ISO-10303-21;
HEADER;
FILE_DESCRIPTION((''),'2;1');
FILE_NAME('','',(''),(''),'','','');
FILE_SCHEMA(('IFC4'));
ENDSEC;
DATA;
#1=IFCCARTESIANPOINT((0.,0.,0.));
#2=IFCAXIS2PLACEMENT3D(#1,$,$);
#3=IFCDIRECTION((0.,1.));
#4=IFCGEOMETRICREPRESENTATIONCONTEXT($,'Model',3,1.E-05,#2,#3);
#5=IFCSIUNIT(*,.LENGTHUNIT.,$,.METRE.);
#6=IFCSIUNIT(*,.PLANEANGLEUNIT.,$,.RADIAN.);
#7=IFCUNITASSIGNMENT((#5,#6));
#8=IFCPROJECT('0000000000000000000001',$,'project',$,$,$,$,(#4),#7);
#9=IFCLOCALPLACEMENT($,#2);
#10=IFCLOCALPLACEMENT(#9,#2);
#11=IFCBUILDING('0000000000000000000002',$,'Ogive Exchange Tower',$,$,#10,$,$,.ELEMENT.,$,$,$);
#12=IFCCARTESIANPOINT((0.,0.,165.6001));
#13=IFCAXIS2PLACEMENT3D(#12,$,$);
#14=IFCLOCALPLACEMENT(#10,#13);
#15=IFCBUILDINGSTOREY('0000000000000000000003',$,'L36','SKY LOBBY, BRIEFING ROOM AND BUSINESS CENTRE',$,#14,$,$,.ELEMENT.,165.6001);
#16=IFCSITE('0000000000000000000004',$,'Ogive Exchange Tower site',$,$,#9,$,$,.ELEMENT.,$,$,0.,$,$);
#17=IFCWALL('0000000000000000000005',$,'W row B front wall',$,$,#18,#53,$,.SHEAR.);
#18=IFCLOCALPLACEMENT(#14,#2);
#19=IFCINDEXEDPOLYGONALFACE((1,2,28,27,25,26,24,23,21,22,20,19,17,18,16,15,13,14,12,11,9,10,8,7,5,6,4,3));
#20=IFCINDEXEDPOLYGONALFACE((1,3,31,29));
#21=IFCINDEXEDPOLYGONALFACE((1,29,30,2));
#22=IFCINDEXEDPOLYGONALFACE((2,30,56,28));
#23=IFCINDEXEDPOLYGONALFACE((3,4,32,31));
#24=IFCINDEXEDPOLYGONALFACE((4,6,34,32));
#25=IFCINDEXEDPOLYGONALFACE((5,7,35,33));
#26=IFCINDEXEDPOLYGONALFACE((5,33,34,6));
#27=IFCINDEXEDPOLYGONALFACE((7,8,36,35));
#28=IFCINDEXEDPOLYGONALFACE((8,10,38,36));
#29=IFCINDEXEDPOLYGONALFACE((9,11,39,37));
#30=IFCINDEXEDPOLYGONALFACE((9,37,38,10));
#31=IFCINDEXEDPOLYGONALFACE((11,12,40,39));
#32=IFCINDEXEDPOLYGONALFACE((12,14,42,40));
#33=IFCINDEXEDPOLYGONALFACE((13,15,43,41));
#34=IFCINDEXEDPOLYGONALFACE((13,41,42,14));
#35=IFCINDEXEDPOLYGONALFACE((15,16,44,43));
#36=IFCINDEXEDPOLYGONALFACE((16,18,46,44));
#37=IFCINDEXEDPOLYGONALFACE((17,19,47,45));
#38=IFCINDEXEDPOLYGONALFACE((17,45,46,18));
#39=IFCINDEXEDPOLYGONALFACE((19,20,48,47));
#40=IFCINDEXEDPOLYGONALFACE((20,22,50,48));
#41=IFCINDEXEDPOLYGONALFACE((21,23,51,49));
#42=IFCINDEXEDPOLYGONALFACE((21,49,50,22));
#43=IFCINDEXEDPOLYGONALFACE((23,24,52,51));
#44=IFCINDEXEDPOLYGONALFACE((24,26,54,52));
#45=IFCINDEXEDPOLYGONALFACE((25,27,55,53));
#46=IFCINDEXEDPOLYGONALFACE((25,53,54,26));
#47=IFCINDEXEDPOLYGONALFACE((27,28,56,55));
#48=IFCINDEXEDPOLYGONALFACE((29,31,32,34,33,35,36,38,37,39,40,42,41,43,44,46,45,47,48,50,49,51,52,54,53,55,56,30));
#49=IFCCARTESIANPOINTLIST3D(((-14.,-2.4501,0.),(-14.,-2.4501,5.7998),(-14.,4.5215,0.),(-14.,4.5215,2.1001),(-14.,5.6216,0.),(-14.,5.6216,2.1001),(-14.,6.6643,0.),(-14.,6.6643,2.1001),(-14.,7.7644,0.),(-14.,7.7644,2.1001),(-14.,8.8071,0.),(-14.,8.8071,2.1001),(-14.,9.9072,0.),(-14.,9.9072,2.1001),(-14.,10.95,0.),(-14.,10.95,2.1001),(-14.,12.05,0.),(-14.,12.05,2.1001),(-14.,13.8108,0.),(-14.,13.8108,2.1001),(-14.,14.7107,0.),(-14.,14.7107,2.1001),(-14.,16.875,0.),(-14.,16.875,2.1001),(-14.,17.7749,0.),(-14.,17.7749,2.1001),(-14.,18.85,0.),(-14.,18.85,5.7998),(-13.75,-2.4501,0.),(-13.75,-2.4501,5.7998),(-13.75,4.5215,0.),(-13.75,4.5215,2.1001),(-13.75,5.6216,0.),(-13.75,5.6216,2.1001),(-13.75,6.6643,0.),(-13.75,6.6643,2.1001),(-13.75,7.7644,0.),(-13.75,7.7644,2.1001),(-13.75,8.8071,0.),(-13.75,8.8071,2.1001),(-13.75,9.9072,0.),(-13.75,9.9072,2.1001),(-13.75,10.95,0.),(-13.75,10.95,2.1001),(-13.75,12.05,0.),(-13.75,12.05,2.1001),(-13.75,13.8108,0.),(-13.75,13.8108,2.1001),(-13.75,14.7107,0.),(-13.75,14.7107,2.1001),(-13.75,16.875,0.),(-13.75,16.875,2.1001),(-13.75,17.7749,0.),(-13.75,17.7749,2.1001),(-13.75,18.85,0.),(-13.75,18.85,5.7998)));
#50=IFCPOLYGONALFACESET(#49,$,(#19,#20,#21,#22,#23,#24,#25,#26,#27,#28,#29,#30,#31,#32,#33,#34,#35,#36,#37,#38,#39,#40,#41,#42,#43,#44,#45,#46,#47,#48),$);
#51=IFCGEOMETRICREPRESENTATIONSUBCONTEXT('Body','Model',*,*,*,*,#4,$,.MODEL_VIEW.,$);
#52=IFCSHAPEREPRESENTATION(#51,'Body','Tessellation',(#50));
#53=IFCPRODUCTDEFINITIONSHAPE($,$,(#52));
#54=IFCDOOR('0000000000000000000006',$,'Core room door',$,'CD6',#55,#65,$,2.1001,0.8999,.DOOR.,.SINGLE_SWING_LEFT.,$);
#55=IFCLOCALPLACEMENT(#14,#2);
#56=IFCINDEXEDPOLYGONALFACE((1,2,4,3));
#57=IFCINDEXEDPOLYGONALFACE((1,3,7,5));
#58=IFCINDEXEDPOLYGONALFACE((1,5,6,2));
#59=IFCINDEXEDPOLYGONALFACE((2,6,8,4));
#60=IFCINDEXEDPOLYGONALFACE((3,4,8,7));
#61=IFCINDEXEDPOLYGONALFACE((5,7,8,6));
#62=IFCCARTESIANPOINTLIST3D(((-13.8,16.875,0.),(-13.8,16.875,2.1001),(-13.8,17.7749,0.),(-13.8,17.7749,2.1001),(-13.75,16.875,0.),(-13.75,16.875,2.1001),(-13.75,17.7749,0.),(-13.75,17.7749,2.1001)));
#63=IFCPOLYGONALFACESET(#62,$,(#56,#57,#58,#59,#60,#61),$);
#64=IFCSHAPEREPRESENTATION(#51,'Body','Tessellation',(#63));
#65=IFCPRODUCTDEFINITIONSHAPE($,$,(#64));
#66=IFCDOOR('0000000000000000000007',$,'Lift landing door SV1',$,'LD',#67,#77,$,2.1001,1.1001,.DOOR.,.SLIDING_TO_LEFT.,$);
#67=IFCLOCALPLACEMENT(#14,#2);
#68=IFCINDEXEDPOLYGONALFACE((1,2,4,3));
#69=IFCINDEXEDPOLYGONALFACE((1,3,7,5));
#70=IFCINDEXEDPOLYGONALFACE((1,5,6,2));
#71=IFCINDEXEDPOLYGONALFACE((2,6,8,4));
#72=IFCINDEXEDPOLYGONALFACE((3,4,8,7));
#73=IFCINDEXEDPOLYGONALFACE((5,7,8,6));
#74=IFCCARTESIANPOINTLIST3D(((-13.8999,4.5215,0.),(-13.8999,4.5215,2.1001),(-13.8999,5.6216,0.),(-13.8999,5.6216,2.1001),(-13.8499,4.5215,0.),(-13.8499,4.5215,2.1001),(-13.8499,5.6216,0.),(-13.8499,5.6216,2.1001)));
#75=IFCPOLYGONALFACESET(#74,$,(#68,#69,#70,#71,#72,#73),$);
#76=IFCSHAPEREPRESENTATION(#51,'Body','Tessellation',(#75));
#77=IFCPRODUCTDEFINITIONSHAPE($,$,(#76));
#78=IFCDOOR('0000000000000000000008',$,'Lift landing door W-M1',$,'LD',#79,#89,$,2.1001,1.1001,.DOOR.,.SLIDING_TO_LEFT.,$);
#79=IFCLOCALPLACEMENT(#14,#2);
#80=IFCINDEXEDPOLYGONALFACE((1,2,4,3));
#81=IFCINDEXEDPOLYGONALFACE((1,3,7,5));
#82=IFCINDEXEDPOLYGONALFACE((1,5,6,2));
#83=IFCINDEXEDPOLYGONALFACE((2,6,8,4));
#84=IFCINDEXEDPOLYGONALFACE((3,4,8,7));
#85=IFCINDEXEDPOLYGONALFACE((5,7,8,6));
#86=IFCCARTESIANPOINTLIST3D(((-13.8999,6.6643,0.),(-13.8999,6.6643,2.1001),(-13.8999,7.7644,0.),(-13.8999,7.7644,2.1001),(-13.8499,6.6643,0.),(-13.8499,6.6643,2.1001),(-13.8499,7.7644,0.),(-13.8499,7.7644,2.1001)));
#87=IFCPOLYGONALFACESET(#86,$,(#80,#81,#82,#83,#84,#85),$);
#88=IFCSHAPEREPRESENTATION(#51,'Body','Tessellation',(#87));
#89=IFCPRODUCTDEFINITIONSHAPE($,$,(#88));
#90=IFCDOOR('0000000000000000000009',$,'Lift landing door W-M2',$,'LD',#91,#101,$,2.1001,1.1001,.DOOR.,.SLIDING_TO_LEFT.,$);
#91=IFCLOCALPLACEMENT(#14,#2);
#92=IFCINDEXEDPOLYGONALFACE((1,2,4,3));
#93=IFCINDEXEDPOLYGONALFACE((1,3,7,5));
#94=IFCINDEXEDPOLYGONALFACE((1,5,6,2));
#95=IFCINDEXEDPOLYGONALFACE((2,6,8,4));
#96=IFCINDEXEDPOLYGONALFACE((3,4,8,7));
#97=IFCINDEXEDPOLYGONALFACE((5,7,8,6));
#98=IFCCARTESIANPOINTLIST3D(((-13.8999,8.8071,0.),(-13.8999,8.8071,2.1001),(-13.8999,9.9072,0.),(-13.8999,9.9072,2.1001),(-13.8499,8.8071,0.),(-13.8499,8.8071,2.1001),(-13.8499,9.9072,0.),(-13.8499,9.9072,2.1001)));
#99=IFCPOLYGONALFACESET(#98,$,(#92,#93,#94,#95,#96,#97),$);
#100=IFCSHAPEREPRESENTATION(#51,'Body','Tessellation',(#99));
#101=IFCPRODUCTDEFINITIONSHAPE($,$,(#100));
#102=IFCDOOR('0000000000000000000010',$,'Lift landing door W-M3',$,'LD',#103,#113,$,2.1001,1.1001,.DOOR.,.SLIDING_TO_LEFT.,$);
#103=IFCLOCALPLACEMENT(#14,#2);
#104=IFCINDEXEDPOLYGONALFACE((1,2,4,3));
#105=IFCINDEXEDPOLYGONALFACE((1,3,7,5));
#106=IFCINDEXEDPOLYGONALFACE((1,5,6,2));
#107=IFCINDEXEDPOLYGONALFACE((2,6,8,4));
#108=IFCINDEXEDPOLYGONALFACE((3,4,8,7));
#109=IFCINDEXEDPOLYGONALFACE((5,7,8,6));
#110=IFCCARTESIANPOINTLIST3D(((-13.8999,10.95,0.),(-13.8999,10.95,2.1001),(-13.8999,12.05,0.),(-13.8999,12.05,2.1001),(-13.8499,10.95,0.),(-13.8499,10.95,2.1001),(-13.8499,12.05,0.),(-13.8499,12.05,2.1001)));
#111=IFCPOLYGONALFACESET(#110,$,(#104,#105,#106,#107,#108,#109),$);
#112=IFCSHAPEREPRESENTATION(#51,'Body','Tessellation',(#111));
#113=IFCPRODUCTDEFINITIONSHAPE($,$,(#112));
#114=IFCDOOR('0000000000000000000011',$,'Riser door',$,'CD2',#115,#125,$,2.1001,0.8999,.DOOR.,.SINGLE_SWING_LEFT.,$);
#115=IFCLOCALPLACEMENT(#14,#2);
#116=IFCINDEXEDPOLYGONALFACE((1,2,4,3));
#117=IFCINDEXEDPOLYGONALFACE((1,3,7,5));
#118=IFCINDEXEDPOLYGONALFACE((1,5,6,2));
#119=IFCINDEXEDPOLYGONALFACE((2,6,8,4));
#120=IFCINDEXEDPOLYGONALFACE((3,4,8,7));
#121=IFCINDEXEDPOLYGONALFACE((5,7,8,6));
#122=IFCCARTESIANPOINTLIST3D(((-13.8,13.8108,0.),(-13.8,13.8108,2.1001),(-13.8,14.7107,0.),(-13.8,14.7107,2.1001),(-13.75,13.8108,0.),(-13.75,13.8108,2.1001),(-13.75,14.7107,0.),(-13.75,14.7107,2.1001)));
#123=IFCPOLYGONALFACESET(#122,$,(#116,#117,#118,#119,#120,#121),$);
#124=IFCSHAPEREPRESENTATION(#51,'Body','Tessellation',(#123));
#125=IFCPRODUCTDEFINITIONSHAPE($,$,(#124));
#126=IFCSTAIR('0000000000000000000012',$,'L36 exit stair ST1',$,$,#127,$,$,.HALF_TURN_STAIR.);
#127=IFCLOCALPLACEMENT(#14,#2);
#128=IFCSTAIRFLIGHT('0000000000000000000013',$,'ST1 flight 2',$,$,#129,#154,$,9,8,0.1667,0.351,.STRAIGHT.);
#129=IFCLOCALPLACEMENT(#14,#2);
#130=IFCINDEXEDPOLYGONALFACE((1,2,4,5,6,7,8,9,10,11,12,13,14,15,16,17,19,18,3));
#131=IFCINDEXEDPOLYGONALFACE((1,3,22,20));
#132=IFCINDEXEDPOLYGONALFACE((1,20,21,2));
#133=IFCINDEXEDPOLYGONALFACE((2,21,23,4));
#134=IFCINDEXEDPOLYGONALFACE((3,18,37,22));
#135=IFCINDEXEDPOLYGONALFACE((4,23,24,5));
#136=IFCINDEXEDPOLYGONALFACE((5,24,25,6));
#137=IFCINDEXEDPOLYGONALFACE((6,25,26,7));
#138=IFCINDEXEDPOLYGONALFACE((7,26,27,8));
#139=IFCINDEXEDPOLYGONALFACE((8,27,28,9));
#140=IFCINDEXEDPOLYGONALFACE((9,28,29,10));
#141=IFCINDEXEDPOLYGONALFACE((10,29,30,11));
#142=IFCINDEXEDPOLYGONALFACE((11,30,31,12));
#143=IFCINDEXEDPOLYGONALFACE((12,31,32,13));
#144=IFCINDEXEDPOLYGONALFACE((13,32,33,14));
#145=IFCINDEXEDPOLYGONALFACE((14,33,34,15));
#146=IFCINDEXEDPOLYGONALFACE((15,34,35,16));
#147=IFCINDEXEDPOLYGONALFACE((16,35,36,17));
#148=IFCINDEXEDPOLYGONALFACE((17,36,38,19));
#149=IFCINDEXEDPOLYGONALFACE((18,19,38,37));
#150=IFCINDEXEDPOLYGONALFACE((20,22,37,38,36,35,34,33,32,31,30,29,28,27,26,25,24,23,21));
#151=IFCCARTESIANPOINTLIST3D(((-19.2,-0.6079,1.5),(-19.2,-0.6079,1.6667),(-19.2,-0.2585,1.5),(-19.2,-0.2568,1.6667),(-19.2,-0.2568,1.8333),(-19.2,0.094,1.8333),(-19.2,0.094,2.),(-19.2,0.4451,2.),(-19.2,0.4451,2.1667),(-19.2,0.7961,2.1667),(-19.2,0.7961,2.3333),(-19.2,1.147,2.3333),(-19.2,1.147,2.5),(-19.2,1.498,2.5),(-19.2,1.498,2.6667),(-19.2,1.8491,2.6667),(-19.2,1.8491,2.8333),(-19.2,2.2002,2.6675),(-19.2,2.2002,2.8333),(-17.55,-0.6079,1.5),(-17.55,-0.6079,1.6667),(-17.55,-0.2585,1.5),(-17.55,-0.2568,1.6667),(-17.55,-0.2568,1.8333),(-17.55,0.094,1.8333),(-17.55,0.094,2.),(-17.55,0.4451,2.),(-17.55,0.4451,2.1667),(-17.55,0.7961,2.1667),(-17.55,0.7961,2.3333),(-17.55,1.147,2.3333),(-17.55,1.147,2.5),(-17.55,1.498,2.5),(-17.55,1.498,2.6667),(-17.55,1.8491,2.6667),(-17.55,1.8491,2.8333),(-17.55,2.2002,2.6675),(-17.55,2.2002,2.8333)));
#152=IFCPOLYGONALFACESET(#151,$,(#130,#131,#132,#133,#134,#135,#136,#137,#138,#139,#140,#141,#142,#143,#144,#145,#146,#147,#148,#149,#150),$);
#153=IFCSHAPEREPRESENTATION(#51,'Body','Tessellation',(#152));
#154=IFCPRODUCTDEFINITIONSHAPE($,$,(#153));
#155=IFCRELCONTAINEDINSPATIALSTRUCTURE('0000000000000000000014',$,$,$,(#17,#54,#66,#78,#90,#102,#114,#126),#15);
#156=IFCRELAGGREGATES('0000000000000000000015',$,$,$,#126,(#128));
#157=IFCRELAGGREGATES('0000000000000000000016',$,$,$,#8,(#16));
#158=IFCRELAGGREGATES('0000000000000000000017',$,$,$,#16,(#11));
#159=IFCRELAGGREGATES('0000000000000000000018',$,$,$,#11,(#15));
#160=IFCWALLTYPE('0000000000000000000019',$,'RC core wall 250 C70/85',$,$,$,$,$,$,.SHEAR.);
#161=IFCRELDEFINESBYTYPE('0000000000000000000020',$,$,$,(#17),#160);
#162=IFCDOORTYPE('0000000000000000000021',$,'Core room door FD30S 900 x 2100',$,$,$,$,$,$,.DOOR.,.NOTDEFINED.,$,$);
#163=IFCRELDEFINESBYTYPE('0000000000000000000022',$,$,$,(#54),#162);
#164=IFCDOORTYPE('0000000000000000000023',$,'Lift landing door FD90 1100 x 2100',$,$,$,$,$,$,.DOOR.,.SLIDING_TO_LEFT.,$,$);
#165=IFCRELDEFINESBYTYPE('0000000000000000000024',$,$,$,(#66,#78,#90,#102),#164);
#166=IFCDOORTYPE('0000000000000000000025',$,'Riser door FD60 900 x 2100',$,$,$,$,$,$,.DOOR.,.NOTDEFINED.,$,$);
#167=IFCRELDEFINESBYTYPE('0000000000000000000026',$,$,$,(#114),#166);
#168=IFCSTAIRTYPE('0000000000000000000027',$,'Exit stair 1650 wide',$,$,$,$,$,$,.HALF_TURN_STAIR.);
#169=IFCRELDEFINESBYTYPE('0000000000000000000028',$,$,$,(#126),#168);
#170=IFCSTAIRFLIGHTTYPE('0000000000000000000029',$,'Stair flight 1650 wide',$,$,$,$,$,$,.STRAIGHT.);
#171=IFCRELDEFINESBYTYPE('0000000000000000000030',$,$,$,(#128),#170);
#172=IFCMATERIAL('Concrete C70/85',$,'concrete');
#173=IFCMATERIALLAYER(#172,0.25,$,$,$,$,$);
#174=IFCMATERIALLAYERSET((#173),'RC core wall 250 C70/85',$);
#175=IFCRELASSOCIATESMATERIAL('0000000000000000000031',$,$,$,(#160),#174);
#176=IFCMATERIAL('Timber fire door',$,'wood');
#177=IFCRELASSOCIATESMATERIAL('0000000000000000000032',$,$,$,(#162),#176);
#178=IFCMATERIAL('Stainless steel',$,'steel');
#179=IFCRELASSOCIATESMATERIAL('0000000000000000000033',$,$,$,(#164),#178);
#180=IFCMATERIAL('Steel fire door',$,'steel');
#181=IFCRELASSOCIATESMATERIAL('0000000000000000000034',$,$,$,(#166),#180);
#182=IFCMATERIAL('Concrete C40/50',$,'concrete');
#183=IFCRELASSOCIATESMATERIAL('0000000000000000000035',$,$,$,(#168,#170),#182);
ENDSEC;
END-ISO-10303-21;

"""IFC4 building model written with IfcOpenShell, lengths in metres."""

from ifc_helpers import new_model, si_unit, direction, frame, frame_2d, origin, place, context, subcontext, project, spatial, polyline, rectangle, outline, extrude, material, layer, layer_set, type_object, element, fill, aggregate, save


model = new_model("IFC4")

# Units and contexts
model_context = context("Model", 3, precision=1e-05, world=origin(), true_north=direction((0.0, 1.0)))
body_context = subcontext(model_context, "Body", "Model", "MODEL_VIEW")
ifc_project = project(units=[si_unit("LENGTHUNIT", "METRE"), si_unit("PLANEANGLEUNIT", "RADIAN")], contexts=[model_context])

# Site, building, storey
site_placement = place(None, origin())
site = spatial("IfcSite", under=ifc_project, at=site_placement, Name="Ogive Exchange Tower site", CompositionType="ELEMENT", RefElevation=0.0)
building_placement = place(site_placement, origin())
building = spatial("IfcBuilding", under=site, at=building_placement, Name="Ogive Exchange Tower", CompositionType="ELEMENT")
storey_placement = place(building_placement, frame((0.0, 0.0, 165.6001)))
storey = spatial("IfcBuildingStorey", under=building, at=storey_placement, Name="L36", Description="SKY LOBBY, BRIEFING ROOM AND BUSINESS CENTRE", CompositionType="ELEMENT", Elevation=165.6001)

# Shared definitions
ifc_material_1 = material(Name="Concrete C70/85", Category="concrete")
ifc_layer_1 = layer(ifc_material_1, 0.25)
ifc_layer_set_1 = layer_set([ifc_layer_1], Name="RC core wall 250 C70/85")
wall_type_1 = type_object("IfcWallType", Name="RC core wall 250 C70/85", PredefinedType="SHEAR", material=ifc_layer_set_1)
ifc_material_2 = material(Name="Steel fire door", Category="steel")

# Wall, openings, doors
wall_1_placement = place(storey_placement, frame((-13.875, -2.45, 0.0), z_axis=(0.0, 0.0, 1.0), x_axis=(0.0, 1.0, 0.0)))
wall_1 = element("IfcWall", 1, at=wall_1_placement, inside=storey, type_object=wall_type_1, Name="W row B front wall", PredefinedType="SHEAR", context=body_context, shape_type="SweptSolid", body=[
    extrude(rectangle(XDim=21.3, YDim=0.25, at=frame_2d((10.6499, 0.0))), origin(), (0.0, 0.0, 1.0), 5.7998),
])
opening_1_placement = place(wall_1_placement, frame((16.2607, 0.0, 0.0)))
opening_1 = element("IfcOpeningElement", 2, at=opening_1_placement, cuts=wall_1, PredefinedType="OPENING", context=body_context, shape_type="SweptSolid", body=[
    extrude(rectangle(XDim=0.8999, YDim=2.1001, at=frame_2d((0.45, 1.05))), frame((0.0, 0.135, 0.0), z_axis=(0.0, -1.0, 0.0), x_axis=(1.0, 0.0, 0.0)), (0.0, 0.0, 1.0), 0.27),
])
opening_2_placement = place(wall_1_placement, frame((19.325, 0.0, 0.0)))
opening_2 = element("IfcOpeningElement", 3, at=opening_2_placement, cuts=wall_1, PredefinedType="OPENING", context=body_context, shape_type="SweptSolid", body=[
    extrude(rectangle(XDim=0.8999, YDim=2.1001, at=frame_2d((0.45, 1.05))), frame((0.0, 0.135, 0.0), z_axis=(0.0, -1.0, 0.0), x_axis=(1.0, 0.0, 0.0)), (0.0, 0.0, 1.0), 0.27),
])
opening_3_placement = place(wall_1_placement, frame((6.9714, 0.0, 0.0)))
opening_3 = element("IfcOpeningElement", 4, at=opening_3_placement, cuts=wall_1, PredefinedType="OPENING", context=body_context, shape_type="SweptSolid", body=[
    extrude(rectangle(XDim=1.1001, YDim=2.1001, at=frame_2d((0.55, 1.05))), frame((0.0, 0.135, 0.0), z_axis=(0.0, -1.0, 0.0), x_axis=(1.0, 0.0, 0.0)), (0.0, 0.0, 1.0), 0.27),
])
opening_4_placement = place(wall_1_placement, frame((9.1143, 0.0, 0.0)))
opening_4 = element("IfcOpeningElement", 5, at=opening_4_placement, cuts=wall_1, PredefinedType="OPENING", context=body_context, shape_type="SweptSolid", body=[
    extrude(rectangle(XDim=1.1001, YDim=2.1001, at=frame_2d((0.55, 1.05))), frame((0.0, 0.135, 0.0), z_axis=(0.0, -1.0, 0.0), x_axis=(1.0, 0.0, 0.0)), (0.0, 0.0, 1.0), 0.27),
])
opening_5_placement = place(wall_1_placement, frame((11.2571, 0.0, 0.0)))
opening_5 = element("IfcOpeningElement", 6, at=opening_5_placement, cuts=wall_1, PredefinedType="OPENING", context=body_context, shape_type="SweptSolid", body=[
    extrude(rectangle(XDim=1.1001, YDim=2.1001, at=frame_2d((0.55, 1.05))), frame((0.0, 0.135, 0.0), z_axis=(0.0, -1.0, 0.0), x_axis=(1.0, 0.0, 0.0)), (0.0, 0.0, 1.0), 0.27),
])
opening_6_placement = place(wall_1_placement, frame((13.3999, 0.0, 0.0)))
opening_6 = element("IfcOpeningElement", 7, at=opening_6_placement, cuts=wall_1, PredefinedType="OPENING", context=body_context, shape_type="SweptSolid", body=[
    extrude(rectangle(XDim=1.1001, YDim=2.1001, at=frame_2d((0.55, 1.05))), frame((0.0, 0.135, 0.0), z_axis=(0.0, -1.0, 0.0), x_axis=(1.0, 0.0, 0.0)), (0.0, 0.0, 1.0), 0.27),
])
ifc_material_3 = material(Name="Timber fire door", Category="wood")
door_type_1 = type_object("IfcDoorType", Name="Core room door FD30S 900 x 2100", OperationType="NOTDEFINED", PredefinedType="DOOR", material=ifc_material_3)
door_1_placement = place(opening_2_placement, frame((0.8999, -0.2002, 0.0), z_axis=(0.0, 0.0, 1.0), x_axis=(-1.0, 0.0, 0.0)))
door_1 = element("IfcDoor", 8, at=door_1_placement, inside=storey, type_object=door_type_1, Name="Core room door", ObjectType="CD6", OperationType="SINGLE_SWING_LEFT", OverallHeight=2.1001, OverallWidth=0.8999, PredefinedType="DOOR", context=body_context, shape_type="SweptSolid", body=[
    extrude(rectangle(XDim=0.8999, YDim=2.1001, at=frame_2d((0.45, 1.05))), frame((0.0, -0.0752, 0.0), z_axis=(0.0, -1.0, 0.0), x_axis=(1.0, 0.0, 0.0)), (0.0, 0.0, 1.0), 0.05),
])
fill(opening_2, door_1)
ifc_material_4 = material(Name="Stainless steel", Category="steel")
door_type_2 = type_object("IfcDoorType", Name="Lift landing door FD90 1100 x 2100", OperationType="SLIDING_TO_LEFT", PredefinedType="DOOR", material=ifc_material_4)
door_2_placement = place(opening_3_placement, origin())
door_2 = element("IfcDoor", 9, at=door_2_placement, inside=storey, type_object=door_type_2, Name="Lift landing door SV1", ObjectType="LD", OperationType="SLIDING_TO_LEFT", OverallHeight=2.1001, OverallWidth=1.1001, PredefinedType="DOOR", context=body_context, shape_type="SweptSolid", body=[
    extrude(rectangle(XDim=1.1001, YDim=2.1001, at=frame_2d((0.55, 1.05))), frame((0.0, 0.0249, 0.0), z_axis=(0.0, -1.0, 0.0), x_axis=(1.0, 0.0, 0.0)), (0.0, 0.0, 1.0), 0.05),
])
fill(opening_3, door_2)
door_3_placement = place(opening_4_placement, origin())
door_3 = element("IfcDoor", 10, at=door_3_placement, inside=storey, type_object=door_type_2, Name="Lift landing door W-M1", ObjectType="LD", OperationType="SLIDING_TO_LEFT", OverallHeight=2.1001, OverallWidth=1.1001, PredefinedType="DOOR", context=body_context, shape_type="SweptSolid", body=[
    extrude(rectangle(XDim=1.1001, YDim=2.1001, at=frame_2d((0.55, 1.05))), frame((0.0, 0.0249, 0.0), z_axis=(0.0, -1.0, 0.0), x_axis=(1.0, 0.0, 0.0)), (0.0, 0.0, 1.0), 0.05),
])
fill(opening_4, door_3)
door_4_placement = place(opening_5_placement, origin())
door_4 = element("IfcDoor", 11, at=door_4_placement, inside=storey, type_object=door_type_2, Name="Lift landing door W-M2", ObjectType="LD", OperationType="SLIDING_TO_LEFT", OverallHeight=2.1001, OverallWidth=1.1001, PredefinedType="DOOR", context=body_context, shape_type="SweptSolid", body=[
    extrude(rectangle(XDim=1.1001, YDim=2.1001, at=frame_2d((0.55, 1.05))), frame((0.0, 0.0249, 0.0), z_axis=(0.0, -1.0, 0.0), x_axis=(1.0, 0.0, 0.0)), (0.0, 0.0, 1.0), 0.05),
])
fill(opening_5, door_4)
door_5_placement = place(opening_6_placement, origin())
door_5 = element("IfcDoor", 12, at=door_5_placement, inside=storey, type_object=door_type_2, Name="Lift landing door W-M3", ObjectType="LD", OperationType="SLIDING_TO_LEFT", OverallHeight=2.1001, OverallWidth=1.1001, PredefinedType="DOOR", context=body_context, shape_type="SweptSolid", body=[
    extrude(rectangle(XDim=1.1001, YDim=2.1001, at=frame_2d((0.55, 1.05))), frame((0.0, 0.0249, 0.0), z_axis=(0.0, -1.0, 0.0), x_axis=(1.0, 0.0, 0.0)), (0.0, 0.0, 1.0), 0.05),
])
fill(opening_6, door_5)
door_type_3 = type_object("IfcDoorType", Name="Riser door FD60 900 x 2100", OperationType="NOTDEFINED", PredefinedType="DOOR", material=ifc_material_2)
door_6_placement = place(opening_1_placement, frame((0.8999, -0.2002, 0.0), z_axis=(0.0, 0.0, 1.0), x_axis=(-1.0, 0.0, 0.0)))
door_6 = element("IfcDoor", 13, at=door_6_placement, inside=storey, type_object=door_type_3, Name="Riser door", ObjectType="CD2", OperationType="SINGLE_SWING_LEFT", OverallHeight=2.1001, OverallWidth=0.8999, PredefinedType="DOOR", context=body_context, shape_type="SweptSolid", body=[
    extrude(rectangle(XDim=0.8999, YDim=2.1001, at=frame_2d((0.45, 1.05))), frame((0.0, -0.0752, 0.0), z_axis=(0.0, -1.0, 0.0), x_axis=(1.0, 0.0, 0.0)), (0.0, 0.0, 1.0), 0.05),
])
fill(opening_1, door_6)

# Stair, stair flight
ifc_material_5 = material(Name="Concrete C40/50", Category="concrete")
stair_type = type_object("IfcStairType", Name="Exit stair 1650 wide", PredefinedType="HALF_TURN_STAIR", material=ifc_material_5)
stair_placement = place(storey_placement, origin())
stair = element("IfcStair", 14, at=stair_placement, inside=storey, type_object=stair_type, Name="L36 exit stair ST1", PredefinedType="HALF_TURN_STAIR")
stair_flight_type = type_object("IfcStairFlightType", Name="Stair flight 1650 wide", PredefinedType="STRAIGHT", material=ifc_material_5)
stair_flight_1_placement = place(storey_placement, frame((-18.375, -0.6079, 1.5), z_axis=(0.0, 0.0, 1.0), x_axis=(0.0, 1.0, 0.0)))
stair_flight_1 = element("IfcStairFlight", 15, at=stair_flight_1_placement, type_object=stair_flight_type, Name="ST1 flight 2", NumberOfRisers=9, NumberOfTreads=8, PredefinedType="STRAIGHT", RiserHeight=0.1667, TreadLength=0.351, context=body_context, shape_type="SweptSolid", body=[
    extrude(outline(polyline([(0.0, 0.0), (0.0, 0.1667), (0.3511, 0.1667), (0.3511, 0.3333), (0.7019, 0.3333), (0.7019, 0.5), (1.053, 0.5), (1.053, 0.6667), (1.4041, 0.6667), (1.4041, 0.8333), (1.7549, 0.8333), (1.7549, 1.0), (2.106, 1.0), (2.106, 1.1667), (2.457, 1.1667), (2.457, 1.3333), (2.8081, 1.3333), (2.8081, 1.5), (2.8081, 1.1675), (0.3494, 0.0), (0.0, 0.0)])), frame((0.0, 0.825, 0.0), z_axis=(0.0, -1.0, 0.0), x_axis=(1.0, 0.0, 0.0)), (0.0, 0.0, 1.0), 1.6499),
])
aggregate(stair, [stair_flight_1])

save(model, "model.ifc")
